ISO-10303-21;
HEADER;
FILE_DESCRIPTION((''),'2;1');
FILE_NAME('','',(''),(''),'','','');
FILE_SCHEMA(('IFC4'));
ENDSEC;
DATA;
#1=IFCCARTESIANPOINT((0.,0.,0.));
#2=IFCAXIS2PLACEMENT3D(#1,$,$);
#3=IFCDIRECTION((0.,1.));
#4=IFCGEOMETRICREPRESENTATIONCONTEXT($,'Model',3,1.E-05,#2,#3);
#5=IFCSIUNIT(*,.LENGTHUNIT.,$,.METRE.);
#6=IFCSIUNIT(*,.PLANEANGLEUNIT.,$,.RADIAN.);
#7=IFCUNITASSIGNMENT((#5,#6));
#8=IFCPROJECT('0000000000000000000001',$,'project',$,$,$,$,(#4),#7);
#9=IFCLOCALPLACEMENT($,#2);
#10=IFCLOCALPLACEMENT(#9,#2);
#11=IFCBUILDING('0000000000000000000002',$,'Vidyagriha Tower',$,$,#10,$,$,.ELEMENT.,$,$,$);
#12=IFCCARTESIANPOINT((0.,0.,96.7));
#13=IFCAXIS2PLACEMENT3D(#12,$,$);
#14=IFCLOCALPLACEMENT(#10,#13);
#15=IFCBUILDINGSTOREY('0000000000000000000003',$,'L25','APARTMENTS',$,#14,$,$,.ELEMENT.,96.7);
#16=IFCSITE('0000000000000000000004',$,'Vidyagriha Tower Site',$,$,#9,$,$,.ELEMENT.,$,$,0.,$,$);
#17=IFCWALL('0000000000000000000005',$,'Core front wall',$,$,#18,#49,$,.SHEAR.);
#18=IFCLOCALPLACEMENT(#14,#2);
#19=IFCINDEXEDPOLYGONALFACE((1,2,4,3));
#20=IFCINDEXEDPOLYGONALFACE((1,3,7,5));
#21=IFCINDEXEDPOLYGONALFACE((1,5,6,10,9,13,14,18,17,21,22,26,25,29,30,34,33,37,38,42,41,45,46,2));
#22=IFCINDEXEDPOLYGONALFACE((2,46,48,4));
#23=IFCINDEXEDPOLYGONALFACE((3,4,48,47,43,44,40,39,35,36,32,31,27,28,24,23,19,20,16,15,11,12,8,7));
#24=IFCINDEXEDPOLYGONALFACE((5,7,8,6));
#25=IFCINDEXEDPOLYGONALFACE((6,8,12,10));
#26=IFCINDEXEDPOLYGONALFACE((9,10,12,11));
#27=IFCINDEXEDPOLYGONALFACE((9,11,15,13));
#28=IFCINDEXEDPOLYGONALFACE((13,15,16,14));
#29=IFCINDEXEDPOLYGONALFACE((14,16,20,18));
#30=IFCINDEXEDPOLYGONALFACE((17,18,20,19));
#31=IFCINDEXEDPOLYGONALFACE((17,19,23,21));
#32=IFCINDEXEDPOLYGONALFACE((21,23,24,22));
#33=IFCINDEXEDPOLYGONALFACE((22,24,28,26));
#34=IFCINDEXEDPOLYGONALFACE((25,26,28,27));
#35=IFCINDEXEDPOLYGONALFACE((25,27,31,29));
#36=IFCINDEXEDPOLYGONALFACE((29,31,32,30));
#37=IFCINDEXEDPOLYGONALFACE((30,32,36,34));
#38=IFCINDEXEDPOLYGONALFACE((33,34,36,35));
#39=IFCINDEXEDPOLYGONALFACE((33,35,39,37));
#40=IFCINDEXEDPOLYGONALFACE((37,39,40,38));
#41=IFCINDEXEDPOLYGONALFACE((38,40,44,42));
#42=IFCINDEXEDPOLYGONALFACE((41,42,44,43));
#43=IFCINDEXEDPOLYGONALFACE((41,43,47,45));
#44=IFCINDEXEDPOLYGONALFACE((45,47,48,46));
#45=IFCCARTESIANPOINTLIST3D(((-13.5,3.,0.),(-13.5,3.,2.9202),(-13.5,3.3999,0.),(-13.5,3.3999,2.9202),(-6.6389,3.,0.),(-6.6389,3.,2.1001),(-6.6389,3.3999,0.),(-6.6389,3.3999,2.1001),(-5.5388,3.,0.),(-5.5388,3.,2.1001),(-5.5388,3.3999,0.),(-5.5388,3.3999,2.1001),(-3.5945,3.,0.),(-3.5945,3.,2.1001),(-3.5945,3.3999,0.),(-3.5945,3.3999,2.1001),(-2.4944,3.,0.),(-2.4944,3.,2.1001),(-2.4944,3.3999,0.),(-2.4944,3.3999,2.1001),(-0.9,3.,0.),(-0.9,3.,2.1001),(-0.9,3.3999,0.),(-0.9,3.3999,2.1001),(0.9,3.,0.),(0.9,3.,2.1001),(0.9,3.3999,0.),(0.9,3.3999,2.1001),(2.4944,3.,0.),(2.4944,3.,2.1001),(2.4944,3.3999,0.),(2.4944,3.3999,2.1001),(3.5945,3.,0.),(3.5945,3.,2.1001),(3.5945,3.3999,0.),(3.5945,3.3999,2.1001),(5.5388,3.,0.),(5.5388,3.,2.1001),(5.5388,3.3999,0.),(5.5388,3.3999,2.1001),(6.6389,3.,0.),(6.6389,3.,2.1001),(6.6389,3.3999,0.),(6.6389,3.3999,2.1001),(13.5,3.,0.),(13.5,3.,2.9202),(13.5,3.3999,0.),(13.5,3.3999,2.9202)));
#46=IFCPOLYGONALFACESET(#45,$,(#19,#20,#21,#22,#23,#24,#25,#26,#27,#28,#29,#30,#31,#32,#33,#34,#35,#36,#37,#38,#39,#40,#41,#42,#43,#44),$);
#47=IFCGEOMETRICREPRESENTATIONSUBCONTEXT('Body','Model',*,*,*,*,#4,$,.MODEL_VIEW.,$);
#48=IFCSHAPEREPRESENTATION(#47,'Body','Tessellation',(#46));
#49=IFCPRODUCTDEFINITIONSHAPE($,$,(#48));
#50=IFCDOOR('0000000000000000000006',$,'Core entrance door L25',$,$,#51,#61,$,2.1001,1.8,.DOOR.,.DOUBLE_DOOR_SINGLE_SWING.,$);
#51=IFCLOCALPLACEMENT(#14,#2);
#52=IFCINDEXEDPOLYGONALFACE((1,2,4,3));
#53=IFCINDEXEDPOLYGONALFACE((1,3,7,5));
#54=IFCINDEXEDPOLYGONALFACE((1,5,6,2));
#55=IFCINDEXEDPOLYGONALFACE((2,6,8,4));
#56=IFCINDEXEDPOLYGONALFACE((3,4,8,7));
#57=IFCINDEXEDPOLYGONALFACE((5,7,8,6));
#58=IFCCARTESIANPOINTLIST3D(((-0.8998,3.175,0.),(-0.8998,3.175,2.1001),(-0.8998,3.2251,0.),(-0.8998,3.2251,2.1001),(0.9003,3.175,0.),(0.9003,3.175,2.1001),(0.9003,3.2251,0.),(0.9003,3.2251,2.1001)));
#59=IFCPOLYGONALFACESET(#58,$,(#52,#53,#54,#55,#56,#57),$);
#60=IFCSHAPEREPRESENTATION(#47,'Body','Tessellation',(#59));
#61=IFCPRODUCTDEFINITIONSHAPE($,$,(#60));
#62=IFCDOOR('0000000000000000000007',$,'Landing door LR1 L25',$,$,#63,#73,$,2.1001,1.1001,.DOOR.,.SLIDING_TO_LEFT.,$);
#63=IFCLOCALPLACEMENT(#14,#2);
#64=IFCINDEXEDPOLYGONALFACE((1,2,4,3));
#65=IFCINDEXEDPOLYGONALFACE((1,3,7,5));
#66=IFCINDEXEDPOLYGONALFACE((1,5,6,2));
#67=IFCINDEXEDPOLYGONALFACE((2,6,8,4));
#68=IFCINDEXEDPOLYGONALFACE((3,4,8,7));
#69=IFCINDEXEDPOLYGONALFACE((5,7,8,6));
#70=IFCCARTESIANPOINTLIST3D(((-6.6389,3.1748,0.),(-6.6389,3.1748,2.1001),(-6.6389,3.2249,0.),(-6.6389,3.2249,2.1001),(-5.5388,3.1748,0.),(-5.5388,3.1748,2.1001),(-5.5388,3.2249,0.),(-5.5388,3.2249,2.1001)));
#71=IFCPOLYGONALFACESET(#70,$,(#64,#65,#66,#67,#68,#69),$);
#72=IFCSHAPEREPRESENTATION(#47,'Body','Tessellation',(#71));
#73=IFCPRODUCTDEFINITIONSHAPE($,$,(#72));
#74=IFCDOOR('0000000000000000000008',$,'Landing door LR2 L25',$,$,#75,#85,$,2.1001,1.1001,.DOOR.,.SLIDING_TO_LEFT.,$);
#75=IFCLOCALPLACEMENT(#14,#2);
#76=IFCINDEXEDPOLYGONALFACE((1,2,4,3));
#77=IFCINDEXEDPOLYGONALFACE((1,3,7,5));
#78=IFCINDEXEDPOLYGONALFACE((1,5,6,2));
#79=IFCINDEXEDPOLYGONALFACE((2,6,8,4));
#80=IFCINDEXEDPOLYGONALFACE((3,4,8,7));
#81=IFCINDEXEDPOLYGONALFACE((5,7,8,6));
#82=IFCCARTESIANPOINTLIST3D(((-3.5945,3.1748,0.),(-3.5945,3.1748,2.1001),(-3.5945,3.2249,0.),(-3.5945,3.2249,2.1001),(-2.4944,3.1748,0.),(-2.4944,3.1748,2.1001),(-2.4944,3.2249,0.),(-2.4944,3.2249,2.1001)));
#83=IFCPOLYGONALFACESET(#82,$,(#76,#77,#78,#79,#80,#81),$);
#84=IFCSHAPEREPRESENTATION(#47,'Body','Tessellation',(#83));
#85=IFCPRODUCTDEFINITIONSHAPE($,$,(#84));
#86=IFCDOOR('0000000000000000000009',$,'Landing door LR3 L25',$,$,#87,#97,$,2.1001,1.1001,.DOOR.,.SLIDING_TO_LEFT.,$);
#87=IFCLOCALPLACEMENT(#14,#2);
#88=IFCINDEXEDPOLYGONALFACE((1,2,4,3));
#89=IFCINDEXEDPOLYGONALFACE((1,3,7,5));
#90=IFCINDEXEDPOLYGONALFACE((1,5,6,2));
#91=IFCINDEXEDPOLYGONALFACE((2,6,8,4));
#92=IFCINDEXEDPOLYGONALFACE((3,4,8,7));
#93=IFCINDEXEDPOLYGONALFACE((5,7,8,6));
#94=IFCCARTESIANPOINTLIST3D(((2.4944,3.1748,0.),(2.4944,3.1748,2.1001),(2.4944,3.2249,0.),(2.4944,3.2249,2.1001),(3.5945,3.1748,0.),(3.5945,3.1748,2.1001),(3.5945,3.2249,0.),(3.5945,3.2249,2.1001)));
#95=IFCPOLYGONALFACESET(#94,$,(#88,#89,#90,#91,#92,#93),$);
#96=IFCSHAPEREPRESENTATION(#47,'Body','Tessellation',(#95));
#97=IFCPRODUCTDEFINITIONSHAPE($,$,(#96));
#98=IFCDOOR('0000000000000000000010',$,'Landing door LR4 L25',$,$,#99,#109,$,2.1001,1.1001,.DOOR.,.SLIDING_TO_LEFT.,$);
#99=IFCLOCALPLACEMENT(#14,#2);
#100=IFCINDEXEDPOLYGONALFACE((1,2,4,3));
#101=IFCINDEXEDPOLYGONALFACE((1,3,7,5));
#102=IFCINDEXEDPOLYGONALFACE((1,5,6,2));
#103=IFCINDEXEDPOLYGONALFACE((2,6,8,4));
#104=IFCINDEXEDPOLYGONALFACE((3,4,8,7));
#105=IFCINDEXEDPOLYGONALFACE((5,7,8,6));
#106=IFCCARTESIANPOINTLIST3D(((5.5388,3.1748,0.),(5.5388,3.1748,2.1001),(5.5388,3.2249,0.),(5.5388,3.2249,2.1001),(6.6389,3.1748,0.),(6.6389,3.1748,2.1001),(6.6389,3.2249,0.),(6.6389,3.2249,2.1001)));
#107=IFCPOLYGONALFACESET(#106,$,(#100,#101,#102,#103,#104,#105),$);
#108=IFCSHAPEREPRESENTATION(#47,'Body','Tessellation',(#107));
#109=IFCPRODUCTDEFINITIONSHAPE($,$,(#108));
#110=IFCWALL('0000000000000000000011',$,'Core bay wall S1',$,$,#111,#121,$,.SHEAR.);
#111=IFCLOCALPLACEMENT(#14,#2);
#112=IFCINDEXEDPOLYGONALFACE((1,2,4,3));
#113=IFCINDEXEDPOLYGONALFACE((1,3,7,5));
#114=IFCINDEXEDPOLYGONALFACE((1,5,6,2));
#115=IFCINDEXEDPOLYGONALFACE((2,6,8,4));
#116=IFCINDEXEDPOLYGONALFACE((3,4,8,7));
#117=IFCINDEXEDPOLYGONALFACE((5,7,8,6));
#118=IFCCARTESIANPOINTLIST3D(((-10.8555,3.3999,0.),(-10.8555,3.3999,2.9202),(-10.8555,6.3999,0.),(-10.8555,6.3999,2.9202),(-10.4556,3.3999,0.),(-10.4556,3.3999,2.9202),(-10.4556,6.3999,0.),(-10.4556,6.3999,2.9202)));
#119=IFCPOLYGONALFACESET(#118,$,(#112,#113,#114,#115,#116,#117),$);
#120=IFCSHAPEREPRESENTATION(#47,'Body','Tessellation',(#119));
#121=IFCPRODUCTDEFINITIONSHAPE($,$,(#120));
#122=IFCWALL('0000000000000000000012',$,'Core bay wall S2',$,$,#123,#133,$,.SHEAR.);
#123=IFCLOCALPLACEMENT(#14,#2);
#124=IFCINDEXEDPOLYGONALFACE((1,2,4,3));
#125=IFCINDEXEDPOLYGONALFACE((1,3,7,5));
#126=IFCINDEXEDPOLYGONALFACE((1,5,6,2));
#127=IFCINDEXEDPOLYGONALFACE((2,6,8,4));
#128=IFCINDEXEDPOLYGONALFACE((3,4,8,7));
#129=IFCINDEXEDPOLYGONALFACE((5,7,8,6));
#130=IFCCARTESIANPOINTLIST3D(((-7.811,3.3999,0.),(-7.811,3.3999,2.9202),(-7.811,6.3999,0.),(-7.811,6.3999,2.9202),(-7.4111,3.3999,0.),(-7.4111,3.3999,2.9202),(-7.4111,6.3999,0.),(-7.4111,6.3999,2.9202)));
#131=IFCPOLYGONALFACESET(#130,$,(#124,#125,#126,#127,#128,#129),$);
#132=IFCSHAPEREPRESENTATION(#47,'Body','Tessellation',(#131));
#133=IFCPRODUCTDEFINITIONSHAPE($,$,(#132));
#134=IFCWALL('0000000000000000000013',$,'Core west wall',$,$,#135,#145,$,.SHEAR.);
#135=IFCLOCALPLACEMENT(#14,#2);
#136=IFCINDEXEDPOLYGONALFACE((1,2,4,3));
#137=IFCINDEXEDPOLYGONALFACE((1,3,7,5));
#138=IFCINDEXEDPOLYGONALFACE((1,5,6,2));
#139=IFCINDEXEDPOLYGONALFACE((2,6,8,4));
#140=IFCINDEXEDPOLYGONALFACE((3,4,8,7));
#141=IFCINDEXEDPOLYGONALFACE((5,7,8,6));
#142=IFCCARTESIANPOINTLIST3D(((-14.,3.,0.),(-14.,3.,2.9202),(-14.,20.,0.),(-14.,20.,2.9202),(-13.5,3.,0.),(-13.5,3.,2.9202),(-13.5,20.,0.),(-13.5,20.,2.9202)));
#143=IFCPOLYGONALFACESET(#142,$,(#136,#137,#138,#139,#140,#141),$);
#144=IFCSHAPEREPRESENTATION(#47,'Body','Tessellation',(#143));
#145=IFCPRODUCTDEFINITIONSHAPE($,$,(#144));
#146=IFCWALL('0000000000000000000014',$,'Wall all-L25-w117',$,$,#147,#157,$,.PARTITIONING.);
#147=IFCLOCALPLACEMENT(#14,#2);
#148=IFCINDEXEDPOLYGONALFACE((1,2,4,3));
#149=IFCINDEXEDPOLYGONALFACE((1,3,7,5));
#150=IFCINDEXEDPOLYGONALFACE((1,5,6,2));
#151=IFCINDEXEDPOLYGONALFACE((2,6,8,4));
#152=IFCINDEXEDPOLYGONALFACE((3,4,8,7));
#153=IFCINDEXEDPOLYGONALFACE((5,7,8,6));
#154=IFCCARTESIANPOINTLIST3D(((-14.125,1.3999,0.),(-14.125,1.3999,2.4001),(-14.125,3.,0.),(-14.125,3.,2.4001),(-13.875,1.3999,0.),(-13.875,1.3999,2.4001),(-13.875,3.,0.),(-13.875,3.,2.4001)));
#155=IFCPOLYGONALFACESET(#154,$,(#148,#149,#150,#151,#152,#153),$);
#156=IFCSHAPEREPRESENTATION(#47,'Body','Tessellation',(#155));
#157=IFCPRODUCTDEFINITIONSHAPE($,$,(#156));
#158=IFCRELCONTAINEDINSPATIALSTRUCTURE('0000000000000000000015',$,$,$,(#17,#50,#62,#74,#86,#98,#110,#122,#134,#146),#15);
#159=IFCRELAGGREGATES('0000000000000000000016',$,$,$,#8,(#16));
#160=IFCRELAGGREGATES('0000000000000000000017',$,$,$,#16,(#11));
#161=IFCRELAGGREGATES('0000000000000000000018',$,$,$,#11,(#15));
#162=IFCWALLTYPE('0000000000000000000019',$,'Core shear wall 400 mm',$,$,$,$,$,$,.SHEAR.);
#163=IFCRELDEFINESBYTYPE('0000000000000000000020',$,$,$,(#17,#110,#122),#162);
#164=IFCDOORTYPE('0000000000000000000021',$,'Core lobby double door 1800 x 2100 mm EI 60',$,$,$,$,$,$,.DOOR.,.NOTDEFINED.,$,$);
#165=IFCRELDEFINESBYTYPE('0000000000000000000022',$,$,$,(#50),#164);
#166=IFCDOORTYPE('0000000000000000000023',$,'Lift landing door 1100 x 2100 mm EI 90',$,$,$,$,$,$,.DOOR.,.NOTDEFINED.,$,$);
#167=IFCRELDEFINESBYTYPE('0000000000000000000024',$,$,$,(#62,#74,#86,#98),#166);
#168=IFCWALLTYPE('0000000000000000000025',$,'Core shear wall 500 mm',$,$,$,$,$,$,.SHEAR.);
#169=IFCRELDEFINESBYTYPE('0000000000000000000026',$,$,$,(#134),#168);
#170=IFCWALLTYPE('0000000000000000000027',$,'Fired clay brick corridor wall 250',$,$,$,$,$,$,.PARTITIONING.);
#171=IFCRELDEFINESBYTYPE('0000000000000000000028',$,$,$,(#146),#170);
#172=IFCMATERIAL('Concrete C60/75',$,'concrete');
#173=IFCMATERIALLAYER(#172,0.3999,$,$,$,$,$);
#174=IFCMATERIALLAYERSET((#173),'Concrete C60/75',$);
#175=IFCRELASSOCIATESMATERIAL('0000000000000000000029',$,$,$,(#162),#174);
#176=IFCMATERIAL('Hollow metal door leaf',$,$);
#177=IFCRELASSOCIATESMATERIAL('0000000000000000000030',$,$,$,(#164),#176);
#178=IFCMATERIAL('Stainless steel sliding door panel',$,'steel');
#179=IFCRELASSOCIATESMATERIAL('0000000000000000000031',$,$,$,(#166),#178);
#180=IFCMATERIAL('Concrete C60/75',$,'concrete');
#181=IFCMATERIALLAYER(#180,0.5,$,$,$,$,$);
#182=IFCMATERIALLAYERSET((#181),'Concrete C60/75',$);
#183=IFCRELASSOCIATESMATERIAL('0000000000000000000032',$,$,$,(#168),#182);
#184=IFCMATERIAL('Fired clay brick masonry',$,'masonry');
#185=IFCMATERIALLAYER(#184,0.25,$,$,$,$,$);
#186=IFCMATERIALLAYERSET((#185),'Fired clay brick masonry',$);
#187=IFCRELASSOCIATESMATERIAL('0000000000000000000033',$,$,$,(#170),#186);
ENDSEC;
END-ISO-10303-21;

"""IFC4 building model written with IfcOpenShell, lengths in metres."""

from ifc_helpers import new_model, si_unit, direction, frame, frame_2d, origin, place, context, subcontext, project, spatial, rectangle, extrude, material, layer, layer_set, type_object, element, fill, save


model = new_model("IFC4")

# Units and contexts
model_context = context("Model", 3, precision=1e-05, world=origin(), true_north=direction((0.0, 1.0)))
body_context = subcontext(model_context, "Body", "Model", "MODEL_VIEW")
ifc_project = project(units=[si_unit("LENGTHUNIT", "METRE"), si_unit("PLANEANGLEUNIT", "RADIAN")], contexts=[model_context])

# Site, building, storey
site_placement = place(None, origin())
site = spatial("IfcSite", under=ifc_project, at=site_placement, Name="Vidyagriha Tower Site", CompositionType="ELEMENT", RefElevation=0.0)
building_placement = place(site_placement, origin())
building = spatial("IfcBuilding", under=site, at=building_placement, Name="Vidyagriha Tower", CompositionType="ELEMENT")
storey_placement = place(building_placement, frame((0.0, 0.0, 96.7)))
storey = spatial("IfcBuildingStorey", under=building, at=storey_placement, Name="L25", Description="APARTMENTS", CompositionType="ELEMENT", Elevation=96.7)

# Wall, openings, doors
ifc_material_1 = material(Name="Concrete C60/75", Category="concrete")
ifc_layer_1 = layer(ifc_material_1, 0.3999)
ifc_layer_set_1 = layer_set([ifc_layer_1], Name="Concrete C60/75")
wall_type_1 = type_object("IfcWallType", Name="Core shear wall 400 mm", PredefinedType="SHEAR", material=ifc_layer_set_1)
wall_1_placement = place(storey_placement, frame((-13.5, 3.2, 0.0)))
wall_1 = element("IfcWall", 1, at=wall_1_placement, inside=storey, type_object=wall_type_1, Name="Core front wall", PredefinedType="SHEAR", context=body_context, shape_type="SweptSolid", body=[
    extrude(rectangle(XDim=27.0, YDim=0.3999, at=frame_2d((13.5, 0.0))), origin(), (0.0, 0.0, 1.0), 2.9202),
])
opening_1_placement = place(wall_1_placement, frame((6.8611, 0.0, 0.0)))
opening_1 = element("IfcOpeningElement", 2, at=opening_1_placement, cuts=wall_1, PredefinedType="OPENING", context=body_context, shape_type="SweptSolid", body=[
    extrude(rectangle(XDim=1.1001, YDim=2.1001, at=frame_2d((0.55, 1.05))), frame((0.0, 0.21, 0.0), z_axis=(0.0, -1.0, 0.0), x_axis=(1.0, 0.0, 0.0)), (0.0, 0.0, 1.0), 0.4199),
])
opening_2_placement = place(wall_1_placement, frame((9.9055, 0.0, 0.0)))
opening_2 = element("IfcOpeningElement", 3, at=opening_2_placement, cuts=wall_1, PredefinedType="OPENING", context=body_context, shape_type="SweptSolid", body=[
    extrude(rectangle(XDim=1.1001, YDim=2.1001, at=frame_2d((0.55, 1.05))), frame((0.0, 0.21, 0.0), z_axis=(0.0, -1.0, 0.0), x_axis=(1.0, 0.0, 0.0)), (0.0, 0.0, 1.0), 0.4199),
])
opening_3_placement = place(wall_1_placement, frame((15.9944, 0.0, 0.0)))
opening_3 = element("IfcOpeningElement", 4, at=opening_3_placement, cuts=wall_1, PredefinedType="OPENING", context=body_context, shape_type="SweptSolid", body=[
    extrude(rectangle(XDim=1.1001, YDim=2.1001, at=frame_2d((0.55, 1.05))), frame((0.0, 0.21, 0.0), z_axis=(0.0, -1.0, 0.0), x_axis=(1.0, 0.0, 0.0)), (0.0, 0.0, 1.0), 0.4199),
])
opening_4_placement = place(wall_1_placement, frame((19.0388, 0.0, 0.0)))
opening_4 = element("IfcOpeningElement", 5, at=opening_4_placement, cuts=wall_1, PredefinedType="OPENING", context=body_context, shape_type="SweptSolid", body=[
    extrude(rectangle(XDim=1.1001, YDim=2.1001, at=frame_2d((0.55, 1.05))), frame((0.0, 0.21, 0.0), z_axis=(0.0, -1.0, 0.0), x_axis=(1.0, 0.0, 0.0)), (0.0, 0.0, 1.0), 0.4199),
])
opening_5_placement = place(wall_1_placement, frame((12.6001, 0.0, 0.0)))
opening_5 = element("IfcOpeningElement", 6, at=opening_5_placement, cuts=wall_1, PredefinedType="OPENING", context=body_context, shape_type="SweptSolid", body=[
    extrude(rectangle(XDim=1.8, YDim=2.1001, at=frame_2d((0.8999, 1.05))), frame((0.0, 0.21, 0.0), z_axis=(0.0, -1.0, 0.0), x_axis=(1.0, 0.0, 0.0)), (0.0, 0.0, 1.0), 0.4199),
])
ifc_material_2 = material(Name="Hollow metal door leaf")
door_type_1 = type_object("IfcDoorType", Name="Core lobby double door 1800 x 2100 mm EI 60", OperationType="NOTDEFINED", PredefinedType="DOOR", material=ifc_material_2)
door_1_placement = place(opening_5_placement, frame((1.8, 0.0, 0.0), z_axis=(0.0, 0.0, 1.0), x_axis=(-1.0, 0.0, 0.0)))
door_1 = element("IfcDoor", 7, at=door_1_placement, inside=storey, type_object=door_type_1, Name="Core entrance door L25", OperationType="DOUBLE_DOOR_SINGLE_SWING", OverallHeight=2.1001, OverallWidth=1.8, PredefinedType="DOOR", context=body_context, shape_type="SweptSolid", body=[
    extrude(rectangle(XDim=1.8, YDim=2.1001, at=frame_2d((0.8999, 1.05))), frame((0.0, 0.0249, 0.0), z_axis=(0.0, -1.0, 0.0), x_axis=(1.0, 0.0, 0.0)), (0.0, 0.0, 1.0), 0.05),
])
fill(opening_5, door_1)
ifc_material_3 = material(Name="Stainless steel sliding door panel", Category="steel")
door_type_2 = type_object("IfcDoorType", Name="Lift landing door 1100 x 2100 mm EI 90", OperationType="NOTDEFINED", PredefinedType="DOOR", material=ifc_material_3)
door_2_placement = place(opening_1_placement, origin())
door_2 = element("IfcDoor", 8, at=door_2_placement, inside=storey, type_object=door_type_2, Name="Landing door LR1 L25", OperationType="SLIDING_TO_LEFT", OverallHeight=2.1001, OverallWidth=1.1001, PredefinedType="DOOR", context=body_context, shape_type="SweptSolid", body=[
    extrude(rectangle(XDim=1.1001, YDim=2.1001, at=frame_2d((0.55, 1.05))), frame((0.0, 0.0249, 0.0), z_axis=(0.0, -1.0, 0.0), x_axis=(1.0, 0.0, 0.0)), (0.0, 0.0, 1.0), 0.05),
])
fill(opening_1, door_2)
door_3_placement = place(opening_2_placement, origin())
door_3 = element("IfcDoor", 9, at=door_3_placement, inside=storey, type_object=door_type_2, Name="Landing door LR2 L25", OperationType="SLIDING_TO_LEFT", OverallHeight=2.1001, OverallWidth=1.1001, PredefinedType="DOOR", context=body_context, shape_type="SweptSolid", body=[
    extrude(rectangle(XDim=1.1001, YDim=2.1001, at=frame_2d((0.55, 1.05))), frame((0.0, 0.0249, 0.0), z_axis=(0.0, -1.0, 0.0), x_axis=(1.0, 0.0, 0.0)), (0.0, 0.0, 1.0), 0.05),
])
fill(opening_2, door_3)
door_4_placement = place(opening_3_placement, origin())
door_4 = element("IfcDoor", 10, at=door_4_placement, inside=storey, type_object=door_type_2, Name="Landing door LR3 L25", OperationType="SLIDING_TO_LEFT", OverallHeight=2.1001, OverallWidth=1.1001, PredefinedType="DOOR", context=body_context, shape_type="SweptSolid", body=[
    extrude(rectangle(XDim=1.1001, YDim=2.1001, at=frame_2d((0.55, 1.05))), frame((0.0, 0.0249, 0.0), z_axis=(0.0, -1.0, 0.0), x_axis=(1.0, 0.0, 0.0)), (0.0, 0.0, 1.0), 0.05),
])
fill(opening_3, door_4)
door_5_placement = place(opening_4_placement, origin())
door_5 = element("IfcDoor", 11, at=door_5_placement, inside=storey, type_object=door_type_2, Name="Landing door LR4 L25", OperationType="SLIDING_TO_LEFT", OverallHeight=2.1001, OverallWidth=1.1001, PredefinedType="DOOR", context=body_context, shape_type="SweptSolid", body=[
    extrude(rectangle(XDim=1.1001, YDim=2.1001, at=frame_2d((0.55, 1.05))), frame((0.0, 0.0249, 0.0), z_axis=(0.0, -1.0, 0.0), x_axis=(1.0, 0.0, 0.0)), (0.0, 0.0, 1.0), 0.05),
])
fill(opening_4, door_5)

# Walls
for number, where, z_axis, x_axis, name in (
    (12, (-10.6555, 3.3999, 0.0), (0.0, 0.0, 1.0), (0.0, 1.0, 0.0), "Core bay wall S1"),
    (13, (-7.6111, 3.3999, 0.0), (0.0, 0.0, 1.0), (0.0, 1.0, 0.0), "Core bay wall S2"),
):
    element("IfcWall", number, at=place(storey_placement, frame(where, z_axis=z_axis, x_axis=x_axis)), inside=storey, type_object=wall_type_1, Name=name, PredefinedType="SHEAR", context=body_context, shape_type="SweptSolid", body=[
        extrude(rectangle(XDim=3.0, YDim=0.3999, at=frame_2d((1.5, 0.0))), origin(), (0.0, 0.0, 1.0), 2.9202),
    ])
ifc_material_4 = material(Name="Concrete C60/75", Category="concrete")
ifc_layer_2 = layer(ifc_material_4, 0.5)
ifc_layer_set_2 = layer_set([ifc_layer_2], Name="Concrete C60/75")
wall_type_2 = type_object("IfcWallType", Name="Core shear wall 500 mm", PredefinedType="SHEAR", material=ifc_layer_set_2)
wall_2_placement = place(storey_placement, frame((-13.75, 3.0, 0.0), z_axis=(0.0, 0.0, 1.0), x_axis=(0.0, 1.0, 0.0)))
element("IfcWall", 14, at=wall_2_placement, inside=storey, type_object=wall_type_2, Name="Core west wall", PredefinedType="SHEAR", context=body_context, shape_type="SweptSolid", body=[
    extrude(rectangle(XDim=17.0, YDim=0.5, at=frame_2d((8.5, 0.0))), origin(), (0.0, 0.0, 1.0), 2.9202),
])
ifc_material_5 = material(Name="Fired clay brick masonry", Category="masonry")
ifc_layer_3 = layer(ifc_material_5, 0.25)
ifc_layer_set_3 = layer_set([ifc_layer_3], Name="Fired clay brick masonry")
wall_type_3 = type_object("IfcWallType", Name="Fired clay brick corridor wall 250", PredefinedType="PARTITIONING", material=ifc_layer_set_3)
wall_3_placement = place(storey_placement, frame((-14.0, 3.0, 0.0), z_axis=(0.0, 0.0, 1.0), x_axis=(0.0, -1.0, 0.0)))
element("IfcWall", 15, at=wall_3_placement, inside=storey, type_object=wall_type_3, Name="Wall all-L25-w117", PredefinedType="PARTITIONING", context=body_context, shape_type="SweptSolid", body=[
    extrude(rectangle(XDim=1.6001, YDim=0.25, at=frame_2d((0.8, 0.0))), origin(), (0.0, 0.0, 1.0), 2.4001),
])

save(model, "model.ifc")
